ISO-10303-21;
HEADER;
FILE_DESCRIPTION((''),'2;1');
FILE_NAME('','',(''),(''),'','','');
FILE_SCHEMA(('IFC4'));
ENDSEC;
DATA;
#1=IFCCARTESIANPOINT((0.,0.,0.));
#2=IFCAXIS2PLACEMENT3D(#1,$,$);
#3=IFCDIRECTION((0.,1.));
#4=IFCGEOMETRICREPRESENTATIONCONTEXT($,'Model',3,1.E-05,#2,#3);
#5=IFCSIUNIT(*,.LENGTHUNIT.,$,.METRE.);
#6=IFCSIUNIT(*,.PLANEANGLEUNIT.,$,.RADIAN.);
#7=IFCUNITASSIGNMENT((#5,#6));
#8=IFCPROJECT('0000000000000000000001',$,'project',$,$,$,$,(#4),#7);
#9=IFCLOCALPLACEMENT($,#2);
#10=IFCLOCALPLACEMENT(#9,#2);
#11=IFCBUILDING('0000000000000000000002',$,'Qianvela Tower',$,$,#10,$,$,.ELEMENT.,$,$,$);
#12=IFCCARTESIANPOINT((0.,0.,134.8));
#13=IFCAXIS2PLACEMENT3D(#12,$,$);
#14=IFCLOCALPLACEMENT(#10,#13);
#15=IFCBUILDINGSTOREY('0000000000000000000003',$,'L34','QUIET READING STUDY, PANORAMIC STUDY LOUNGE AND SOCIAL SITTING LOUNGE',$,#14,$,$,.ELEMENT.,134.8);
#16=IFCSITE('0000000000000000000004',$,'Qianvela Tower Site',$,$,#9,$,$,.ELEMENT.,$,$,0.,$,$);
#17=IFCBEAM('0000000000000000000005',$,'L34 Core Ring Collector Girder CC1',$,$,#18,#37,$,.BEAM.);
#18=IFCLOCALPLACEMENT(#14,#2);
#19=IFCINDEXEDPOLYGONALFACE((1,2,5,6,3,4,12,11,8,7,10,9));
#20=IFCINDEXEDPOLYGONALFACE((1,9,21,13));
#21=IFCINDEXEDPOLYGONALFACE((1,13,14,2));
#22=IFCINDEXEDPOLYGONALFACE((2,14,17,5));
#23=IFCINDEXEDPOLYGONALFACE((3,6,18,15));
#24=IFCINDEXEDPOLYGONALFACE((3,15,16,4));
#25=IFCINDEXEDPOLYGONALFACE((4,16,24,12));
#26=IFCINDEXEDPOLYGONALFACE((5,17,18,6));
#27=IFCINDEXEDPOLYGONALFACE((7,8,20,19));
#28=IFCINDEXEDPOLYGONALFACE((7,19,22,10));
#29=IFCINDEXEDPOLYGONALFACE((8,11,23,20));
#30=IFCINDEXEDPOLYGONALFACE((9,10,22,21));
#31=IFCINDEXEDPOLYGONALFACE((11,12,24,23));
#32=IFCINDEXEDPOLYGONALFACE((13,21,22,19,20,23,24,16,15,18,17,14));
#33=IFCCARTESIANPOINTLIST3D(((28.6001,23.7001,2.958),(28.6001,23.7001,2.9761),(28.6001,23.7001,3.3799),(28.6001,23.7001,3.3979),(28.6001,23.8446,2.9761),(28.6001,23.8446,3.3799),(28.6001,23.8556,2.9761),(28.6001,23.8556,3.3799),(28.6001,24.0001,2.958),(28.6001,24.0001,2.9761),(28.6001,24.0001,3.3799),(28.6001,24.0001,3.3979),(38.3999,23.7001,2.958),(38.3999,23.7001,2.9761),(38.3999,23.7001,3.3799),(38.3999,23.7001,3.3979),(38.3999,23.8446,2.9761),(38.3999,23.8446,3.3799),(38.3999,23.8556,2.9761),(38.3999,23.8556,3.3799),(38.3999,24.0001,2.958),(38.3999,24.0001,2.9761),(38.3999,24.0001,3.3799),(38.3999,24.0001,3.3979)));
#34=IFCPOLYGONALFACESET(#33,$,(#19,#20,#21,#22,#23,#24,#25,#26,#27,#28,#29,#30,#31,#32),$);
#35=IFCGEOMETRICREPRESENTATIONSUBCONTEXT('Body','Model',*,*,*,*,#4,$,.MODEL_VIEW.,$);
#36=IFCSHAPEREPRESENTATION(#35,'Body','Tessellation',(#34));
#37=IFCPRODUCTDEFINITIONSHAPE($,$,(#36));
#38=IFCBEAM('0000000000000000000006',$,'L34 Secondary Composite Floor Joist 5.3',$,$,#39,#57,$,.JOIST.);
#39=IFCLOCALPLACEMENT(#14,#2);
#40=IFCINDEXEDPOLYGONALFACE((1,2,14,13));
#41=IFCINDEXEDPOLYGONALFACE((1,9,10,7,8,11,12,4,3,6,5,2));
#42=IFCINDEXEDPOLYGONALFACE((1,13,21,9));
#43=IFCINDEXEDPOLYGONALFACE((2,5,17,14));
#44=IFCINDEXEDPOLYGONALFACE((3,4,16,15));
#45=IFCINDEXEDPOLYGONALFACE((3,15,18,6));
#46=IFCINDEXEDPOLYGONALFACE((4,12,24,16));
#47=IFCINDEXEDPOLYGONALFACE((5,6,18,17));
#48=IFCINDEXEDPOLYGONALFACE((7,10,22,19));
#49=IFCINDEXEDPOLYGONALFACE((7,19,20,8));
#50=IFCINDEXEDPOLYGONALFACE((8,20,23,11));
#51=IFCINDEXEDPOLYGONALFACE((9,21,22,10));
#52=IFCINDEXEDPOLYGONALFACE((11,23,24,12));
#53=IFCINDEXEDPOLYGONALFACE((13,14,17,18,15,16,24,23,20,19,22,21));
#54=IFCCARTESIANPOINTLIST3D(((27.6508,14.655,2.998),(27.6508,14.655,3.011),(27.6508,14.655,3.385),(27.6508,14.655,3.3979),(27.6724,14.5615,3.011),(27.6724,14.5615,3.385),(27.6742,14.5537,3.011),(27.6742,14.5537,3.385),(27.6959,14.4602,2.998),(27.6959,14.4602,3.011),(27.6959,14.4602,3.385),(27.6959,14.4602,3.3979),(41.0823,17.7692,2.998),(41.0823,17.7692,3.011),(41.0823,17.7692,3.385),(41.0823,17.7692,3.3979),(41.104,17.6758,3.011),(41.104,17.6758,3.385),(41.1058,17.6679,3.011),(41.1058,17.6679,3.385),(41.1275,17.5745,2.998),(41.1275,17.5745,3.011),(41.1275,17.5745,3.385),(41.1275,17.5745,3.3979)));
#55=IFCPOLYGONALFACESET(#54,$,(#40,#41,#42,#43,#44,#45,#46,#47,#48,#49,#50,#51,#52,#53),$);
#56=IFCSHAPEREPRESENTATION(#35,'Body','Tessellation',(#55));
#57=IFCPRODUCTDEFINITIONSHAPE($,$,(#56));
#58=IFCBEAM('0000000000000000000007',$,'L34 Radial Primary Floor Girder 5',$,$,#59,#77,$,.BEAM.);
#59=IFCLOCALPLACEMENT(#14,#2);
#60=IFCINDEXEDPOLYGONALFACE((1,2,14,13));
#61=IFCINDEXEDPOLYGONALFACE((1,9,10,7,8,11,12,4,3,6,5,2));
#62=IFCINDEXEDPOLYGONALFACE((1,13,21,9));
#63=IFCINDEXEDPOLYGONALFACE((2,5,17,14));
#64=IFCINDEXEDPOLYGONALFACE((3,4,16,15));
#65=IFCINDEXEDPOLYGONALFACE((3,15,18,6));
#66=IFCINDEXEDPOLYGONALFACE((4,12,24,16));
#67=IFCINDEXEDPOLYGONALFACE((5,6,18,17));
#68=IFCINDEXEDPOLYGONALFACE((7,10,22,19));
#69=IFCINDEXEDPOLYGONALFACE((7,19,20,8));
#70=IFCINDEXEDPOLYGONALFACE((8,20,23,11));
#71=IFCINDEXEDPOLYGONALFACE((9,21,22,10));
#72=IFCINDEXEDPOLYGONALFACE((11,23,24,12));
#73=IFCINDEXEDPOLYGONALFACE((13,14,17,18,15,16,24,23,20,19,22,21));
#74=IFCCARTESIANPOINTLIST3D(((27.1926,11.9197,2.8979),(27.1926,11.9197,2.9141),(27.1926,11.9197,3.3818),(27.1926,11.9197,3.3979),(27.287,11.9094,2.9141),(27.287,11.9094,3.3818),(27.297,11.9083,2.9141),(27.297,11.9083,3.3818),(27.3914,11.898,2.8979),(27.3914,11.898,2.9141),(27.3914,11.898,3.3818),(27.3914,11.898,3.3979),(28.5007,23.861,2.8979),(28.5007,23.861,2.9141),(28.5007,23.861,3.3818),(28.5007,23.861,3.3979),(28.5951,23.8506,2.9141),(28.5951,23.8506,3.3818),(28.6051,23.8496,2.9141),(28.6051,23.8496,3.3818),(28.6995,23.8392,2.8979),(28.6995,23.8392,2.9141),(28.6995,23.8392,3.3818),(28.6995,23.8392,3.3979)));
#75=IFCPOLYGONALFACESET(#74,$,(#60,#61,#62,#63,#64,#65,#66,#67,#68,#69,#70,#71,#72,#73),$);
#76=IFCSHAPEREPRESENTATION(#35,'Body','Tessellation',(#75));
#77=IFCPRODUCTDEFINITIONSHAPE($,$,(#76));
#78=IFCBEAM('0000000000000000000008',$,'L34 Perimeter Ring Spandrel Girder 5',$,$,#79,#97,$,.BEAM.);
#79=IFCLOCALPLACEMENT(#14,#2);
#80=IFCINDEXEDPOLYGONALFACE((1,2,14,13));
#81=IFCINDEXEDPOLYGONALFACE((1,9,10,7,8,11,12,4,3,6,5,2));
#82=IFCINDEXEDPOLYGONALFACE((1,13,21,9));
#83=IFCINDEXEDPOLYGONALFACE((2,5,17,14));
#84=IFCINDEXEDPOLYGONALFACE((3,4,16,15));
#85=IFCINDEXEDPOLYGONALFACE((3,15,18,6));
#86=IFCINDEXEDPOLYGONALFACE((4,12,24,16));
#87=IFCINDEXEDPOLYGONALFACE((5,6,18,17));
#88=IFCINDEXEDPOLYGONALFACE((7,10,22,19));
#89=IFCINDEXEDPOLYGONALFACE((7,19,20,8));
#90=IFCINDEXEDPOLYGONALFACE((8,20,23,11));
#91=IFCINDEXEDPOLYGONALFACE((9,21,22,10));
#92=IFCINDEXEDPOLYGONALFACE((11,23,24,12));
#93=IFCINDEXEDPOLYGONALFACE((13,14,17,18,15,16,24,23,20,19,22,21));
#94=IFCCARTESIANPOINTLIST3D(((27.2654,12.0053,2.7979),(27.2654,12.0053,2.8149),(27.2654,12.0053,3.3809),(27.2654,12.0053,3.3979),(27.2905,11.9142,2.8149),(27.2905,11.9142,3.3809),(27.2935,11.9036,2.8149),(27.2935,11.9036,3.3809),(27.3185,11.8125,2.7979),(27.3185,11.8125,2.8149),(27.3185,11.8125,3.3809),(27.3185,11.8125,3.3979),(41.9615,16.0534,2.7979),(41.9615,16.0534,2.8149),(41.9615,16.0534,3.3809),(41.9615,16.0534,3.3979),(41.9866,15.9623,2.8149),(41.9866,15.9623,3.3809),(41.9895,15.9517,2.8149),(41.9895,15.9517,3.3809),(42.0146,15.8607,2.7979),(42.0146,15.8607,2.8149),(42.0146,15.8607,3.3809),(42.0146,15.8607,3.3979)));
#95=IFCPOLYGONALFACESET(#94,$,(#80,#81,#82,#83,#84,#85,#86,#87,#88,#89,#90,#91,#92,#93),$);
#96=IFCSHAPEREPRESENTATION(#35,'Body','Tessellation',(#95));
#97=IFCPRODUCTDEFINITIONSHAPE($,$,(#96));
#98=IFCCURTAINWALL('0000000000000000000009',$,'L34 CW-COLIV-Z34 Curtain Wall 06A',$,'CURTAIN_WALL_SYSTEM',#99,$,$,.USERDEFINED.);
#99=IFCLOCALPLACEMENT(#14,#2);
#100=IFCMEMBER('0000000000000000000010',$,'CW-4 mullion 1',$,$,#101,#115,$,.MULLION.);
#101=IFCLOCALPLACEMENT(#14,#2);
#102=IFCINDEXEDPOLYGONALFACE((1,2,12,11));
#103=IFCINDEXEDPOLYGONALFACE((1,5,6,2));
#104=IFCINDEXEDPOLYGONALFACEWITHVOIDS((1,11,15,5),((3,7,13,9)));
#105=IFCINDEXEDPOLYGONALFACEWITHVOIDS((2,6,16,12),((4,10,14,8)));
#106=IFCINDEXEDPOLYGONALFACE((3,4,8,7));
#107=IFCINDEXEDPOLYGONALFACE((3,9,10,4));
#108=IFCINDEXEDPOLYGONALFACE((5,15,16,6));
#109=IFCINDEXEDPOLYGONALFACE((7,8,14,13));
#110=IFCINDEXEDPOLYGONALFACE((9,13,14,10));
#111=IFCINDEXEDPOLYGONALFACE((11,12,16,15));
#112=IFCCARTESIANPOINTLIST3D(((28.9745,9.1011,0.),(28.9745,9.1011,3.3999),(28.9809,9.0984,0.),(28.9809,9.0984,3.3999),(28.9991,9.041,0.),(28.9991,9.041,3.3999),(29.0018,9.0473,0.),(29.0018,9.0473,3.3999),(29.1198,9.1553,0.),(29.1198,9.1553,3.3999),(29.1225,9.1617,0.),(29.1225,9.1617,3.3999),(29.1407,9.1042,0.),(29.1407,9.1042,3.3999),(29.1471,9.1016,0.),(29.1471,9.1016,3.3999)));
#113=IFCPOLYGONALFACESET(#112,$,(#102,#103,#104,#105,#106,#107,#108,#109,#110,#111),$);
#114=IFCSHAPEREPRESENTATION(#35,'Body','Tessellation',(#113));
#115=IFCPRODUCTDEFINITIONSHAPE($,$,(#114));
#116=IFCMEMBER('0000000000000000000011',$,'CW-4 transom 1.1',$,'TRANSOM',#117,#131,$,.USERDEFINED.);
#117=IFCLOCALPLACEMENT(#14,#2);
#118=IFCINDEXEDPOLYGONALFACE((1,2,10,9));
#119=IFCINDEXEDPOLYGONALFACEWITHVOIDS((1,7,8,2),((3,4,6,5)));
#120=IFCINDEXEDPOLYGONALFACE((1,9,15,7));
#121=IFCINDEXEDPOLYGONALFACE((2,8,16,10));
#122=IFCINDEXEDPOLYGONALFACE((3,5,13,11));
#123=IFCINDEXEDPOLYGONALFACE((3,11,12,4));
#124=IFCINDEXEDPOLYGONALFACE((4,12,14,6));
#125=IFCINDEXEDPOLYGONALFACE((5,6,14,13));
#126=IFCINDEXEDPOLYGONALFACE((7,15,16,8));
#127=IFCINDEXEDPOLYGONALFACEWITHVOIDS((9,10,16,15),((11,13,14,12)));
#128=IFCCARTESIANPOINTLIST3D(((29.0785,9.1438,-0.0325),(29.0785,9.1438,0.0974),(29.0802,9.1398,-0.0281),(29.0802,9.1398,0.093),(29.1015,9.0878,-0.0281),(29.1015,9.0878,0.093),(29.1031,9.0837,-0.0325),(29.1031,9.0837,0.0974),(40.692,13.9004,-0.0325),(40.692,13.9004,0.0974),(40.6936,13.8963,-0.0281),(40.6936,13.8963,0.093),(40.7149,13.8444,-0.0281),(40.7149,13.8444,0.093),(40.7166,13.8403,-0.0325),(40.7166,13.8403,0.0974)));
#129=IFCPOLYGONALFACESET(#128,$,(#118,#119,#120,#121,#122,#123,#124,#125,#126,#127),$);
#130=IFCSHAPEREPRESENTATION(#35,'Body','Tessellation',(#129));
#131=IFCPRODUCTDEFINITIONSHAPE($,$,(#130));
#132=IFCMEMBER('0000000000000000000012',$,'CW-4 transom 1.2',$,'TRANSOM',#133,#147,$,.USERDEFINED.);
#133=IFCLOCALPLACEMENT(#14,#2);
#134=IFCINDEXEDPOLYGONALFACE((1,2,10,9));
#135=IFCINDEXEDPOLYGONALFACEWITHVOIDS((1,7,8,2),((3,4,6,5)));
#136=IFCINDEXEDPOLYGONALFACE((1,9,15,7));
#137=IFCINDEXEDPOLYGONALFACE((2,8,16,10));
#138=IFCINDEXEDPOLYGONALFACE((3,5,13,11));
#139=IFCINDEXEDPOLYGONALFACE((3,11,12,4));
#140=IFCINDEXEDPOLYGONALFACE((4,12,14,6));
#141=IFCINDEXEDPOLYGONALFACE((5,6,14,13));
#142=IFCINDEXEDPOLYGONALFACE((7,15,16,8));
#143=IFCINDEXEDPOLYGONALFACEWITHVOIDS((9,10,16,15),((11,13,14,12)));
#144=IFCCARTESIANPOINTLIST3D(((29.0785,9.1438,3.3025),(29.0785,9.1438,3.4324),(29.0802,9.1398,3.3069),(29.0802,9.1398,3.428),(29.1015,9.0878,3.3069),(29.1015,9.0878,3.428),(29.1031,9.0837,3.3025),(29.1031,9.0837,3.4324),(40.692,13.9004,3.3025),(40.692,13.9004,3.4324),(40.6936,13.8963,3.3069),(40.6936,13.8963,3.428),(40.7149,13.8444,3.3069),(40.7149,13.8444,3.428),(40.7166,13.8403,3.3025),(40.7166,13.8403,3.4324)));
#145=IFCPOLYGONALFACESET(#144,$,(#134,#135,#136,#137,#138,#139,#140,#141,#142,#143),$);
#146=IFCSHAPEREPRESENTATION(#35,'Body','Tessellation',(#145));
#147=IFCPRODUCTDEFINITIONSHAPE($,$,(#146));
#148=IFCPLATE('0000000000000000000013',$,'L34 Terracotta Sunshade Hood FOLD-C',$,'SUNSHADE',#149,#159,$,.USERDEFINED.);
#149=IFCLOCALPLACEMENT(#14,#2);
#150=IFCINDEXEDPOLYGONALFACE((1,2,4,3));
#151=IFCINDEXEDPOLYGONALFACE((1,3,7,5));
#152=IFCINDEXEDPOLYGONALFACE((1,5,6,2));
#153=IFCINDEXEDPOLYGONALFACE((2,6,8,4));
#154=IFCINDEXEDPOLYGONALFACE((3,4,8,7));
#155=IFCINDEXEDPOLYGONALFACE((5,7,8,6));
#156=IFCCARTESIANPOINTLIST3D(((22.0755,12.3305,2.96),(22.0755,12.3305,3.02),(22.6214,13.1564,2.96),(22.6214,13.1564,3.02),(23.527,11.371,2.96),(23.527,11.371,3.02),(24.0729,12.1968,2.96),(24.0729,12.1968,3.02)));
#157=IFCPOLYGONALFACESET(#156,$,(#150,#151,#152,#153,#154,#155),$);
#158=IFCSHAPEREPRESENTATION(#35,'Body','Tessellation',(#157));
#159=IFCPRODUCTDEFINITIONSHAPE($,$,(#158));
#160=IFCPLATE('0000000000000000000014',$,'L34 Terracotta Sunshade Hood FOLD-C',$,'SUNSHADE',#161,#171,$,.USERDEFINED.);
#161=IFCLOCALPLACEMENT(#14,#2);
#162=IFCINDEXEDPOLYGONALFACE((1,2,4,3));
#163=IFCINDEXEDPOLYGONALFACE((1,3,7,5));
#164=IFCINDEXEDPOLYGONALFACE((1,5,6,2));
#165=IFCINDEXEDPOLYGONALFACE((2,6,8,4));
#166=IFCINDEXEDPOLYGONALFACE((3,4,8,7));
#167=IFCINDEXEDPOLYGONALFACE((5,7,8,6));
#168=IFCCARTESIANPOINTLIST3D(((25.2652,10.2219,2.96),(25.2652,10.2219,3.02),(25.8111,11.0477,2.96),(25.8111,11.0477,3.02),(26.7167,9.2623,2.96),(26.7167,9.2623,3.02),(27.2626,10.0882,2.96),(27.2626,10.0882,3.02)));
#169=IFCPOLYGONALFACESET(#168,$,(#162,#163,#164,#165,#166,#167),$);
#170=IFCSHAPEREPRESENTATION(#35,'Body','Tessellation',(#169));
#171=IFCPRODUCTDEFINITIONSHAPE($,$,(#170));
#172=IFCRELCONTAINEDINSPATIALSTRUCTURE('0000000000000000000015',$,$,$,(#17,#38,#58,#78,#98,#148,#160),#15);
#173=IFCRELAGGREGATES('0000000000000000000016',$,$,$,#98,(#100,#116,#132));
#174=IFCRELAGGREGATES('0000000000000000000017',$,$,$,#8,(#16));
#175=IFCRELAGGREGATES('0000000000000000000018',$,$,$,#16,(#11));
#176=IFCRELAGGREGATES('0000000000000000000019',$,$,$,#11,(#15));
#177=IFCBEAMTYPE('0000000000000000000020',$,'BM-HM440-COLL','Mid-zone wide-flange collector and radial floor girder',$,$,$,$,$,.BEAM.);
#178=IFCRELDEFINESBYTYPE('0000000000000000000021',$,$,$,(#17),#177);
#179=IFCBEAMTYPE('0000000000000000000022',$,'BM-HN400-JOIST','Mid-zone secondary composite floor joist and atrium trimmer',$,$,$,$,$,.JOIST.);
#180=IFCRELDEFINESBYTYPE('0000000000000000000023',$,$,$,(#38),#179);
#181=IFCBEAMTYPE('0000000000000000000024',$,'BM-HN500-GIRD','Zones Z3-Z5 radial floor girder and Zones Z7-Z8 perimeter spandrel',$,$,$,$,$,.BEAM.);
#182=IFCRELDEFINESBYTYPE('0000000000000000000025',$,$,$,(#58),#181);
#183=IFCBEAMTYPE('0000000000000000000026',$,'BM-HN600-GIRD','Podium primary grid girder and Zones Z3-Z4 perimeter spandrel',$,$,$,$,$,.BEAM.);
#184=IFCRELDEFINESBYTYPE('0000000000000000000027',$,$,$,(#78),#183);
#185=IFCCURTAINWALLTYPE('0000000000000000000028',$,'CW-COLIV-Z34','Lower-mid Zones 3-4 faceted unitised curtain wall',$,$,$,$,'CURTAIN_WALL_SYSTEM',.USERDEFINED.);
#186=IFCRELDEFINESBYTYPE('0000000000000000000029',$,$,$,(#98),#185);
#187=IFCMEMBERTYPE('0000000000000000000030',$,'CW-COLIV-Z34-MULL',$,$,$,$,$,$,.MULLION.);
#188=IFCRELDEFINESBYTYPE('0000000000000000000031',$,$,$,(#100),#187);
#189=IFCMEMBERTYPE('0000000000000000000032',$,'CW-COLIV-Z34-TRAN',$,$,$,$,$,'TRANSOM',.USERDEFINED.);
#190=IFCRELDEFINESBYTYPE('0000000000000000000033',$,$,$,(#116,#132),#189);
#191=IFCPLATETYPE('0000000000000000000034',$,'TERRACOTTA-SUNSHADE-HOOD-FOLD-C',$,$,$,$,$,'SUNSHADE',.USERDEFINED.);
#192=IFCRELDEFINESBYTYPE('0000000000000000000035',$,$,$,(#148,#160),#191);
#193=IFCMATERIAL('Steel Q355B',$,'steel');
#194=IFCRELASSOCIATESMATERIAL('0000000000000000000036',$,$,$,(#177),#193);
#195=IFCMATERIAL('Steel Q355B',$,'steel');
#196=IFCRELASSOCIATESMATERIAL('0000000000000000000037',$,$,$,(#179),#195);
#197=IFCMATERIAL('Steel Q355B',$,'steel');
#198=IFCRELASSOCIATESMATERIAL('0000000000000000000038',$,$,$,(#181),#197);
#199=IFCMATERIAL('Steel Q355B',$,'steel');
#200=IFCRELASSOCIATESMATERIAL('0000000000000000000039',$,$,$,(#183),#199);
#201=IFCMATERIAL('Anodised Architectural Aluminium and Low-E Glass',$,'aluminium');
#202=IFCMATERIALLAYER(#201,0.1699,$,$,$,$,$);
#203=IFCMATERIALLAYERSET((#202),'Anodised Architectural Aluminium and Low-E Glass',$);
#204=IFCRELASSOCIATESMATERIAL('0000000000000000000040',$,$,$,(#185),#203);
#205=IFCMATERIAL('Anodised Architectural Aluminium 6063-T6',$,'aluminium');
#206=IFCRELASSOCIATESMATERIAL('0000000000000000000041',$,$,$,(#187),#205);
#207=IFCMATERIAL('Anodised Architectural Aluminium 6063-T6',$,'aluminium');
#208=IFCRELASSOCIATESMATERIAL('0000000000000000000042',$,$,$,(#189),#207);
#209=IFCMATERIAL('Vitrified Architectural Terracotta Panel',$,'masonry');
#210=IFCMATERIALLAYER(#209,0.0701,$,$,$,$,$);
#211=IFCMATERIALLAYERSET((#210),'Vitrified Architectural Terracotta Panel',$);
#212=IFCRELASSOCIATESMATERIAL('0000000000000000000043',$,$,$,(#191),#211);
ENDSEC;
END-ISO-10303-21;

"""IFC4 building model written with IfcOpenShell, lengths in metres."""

from ifc_helpers import new_model, si_unit, direction, frame, origin, origin_2d, place, context, subcontext, project, spatial, rectangle, hollow_rectangle, i_section, extrude, material, layer, layer_set, material_profile, profile_set, type_object, element, aggregate, save


model = new_model("IFC4")

# Units and contexts
model_context = context("Model", 3, precision=1e-05, world=origin(), true_north=direction((0.0, 1.0)))
body_context = subcontext(model_context, "Body", "Model", "MODEL_VIEW")
ifc_project = project(units=[si_unit("LENGTHUNIT", "METRE"), si_unit("PLANEANGLEUNIT", "RADIAN")], contexts=[model_context])

# Site, building, storey
site_placement = place(None, origin())
site = spatial("IfcSite", under=ifc_project, at=site_placement, Name="Qianvela Tower Site", CompositionType="ELEMENT", RefElevation=0.0)
building_placement = place(site_placement, origin())
building = spatial("IfcBuilding", under=site, at=building_placement, Name="Qianvela Tower", CompositionType="ELEMENT")
storey_placement = place(building_placement, frame((0.0, 0.0, 134.8)))
storey = spatial("IfcBuildingStorey", under=building, at=storey_placement, Name="L34", Description="QUIET READING STUDY, PANORAMIC STUDY LOUNGE AND SOCIAL SITTING LOUNGE", CompositionType="ELEMENT", Elevation=134.8)

# Beams
ifc_material_1 = material(Name="Steel Q355B", Category="steel")
ifc_material_profile_1 = material_profile(ifc_material_1, i_section(OverallWidth=0.3, OverallDepth=0.4399, WebThickness=0.011, FlangeThickness=0.0181, at=origin_2d()), Name="HM440x300x11x18")
ifc_profile_set_1 = profile_set([ifc_material_profile_1], Name="Steel Q355B")
beam_type_1 = type_object("IfcBeamType", Name="BM-HM440-COLL", Description="Mid-zone wide-flange collector and radial floor girder", PredefinedType="BEAM", material=ifc_profile_set_1)
beam_1_placement = place(storey_placement, frame((28.6001, 23.8501, 3.178), z_axis=(1.0, 0.0, 0.0), x_axis=(0.0, 1.0, 0.0)))
element("IfcBeam", 1, at=beam_1_placement, inside=storey, type_object=beam_type_1, Name="L34 Core Ring Collector Girder CC1", PredefinedType="BEAM", context=body_context, shape_type="SweptSolid", body=[
    extrude(i_section(OverallWidth=0.3, OverallDepth=0.4399, WebThickness=0.011, FlangeThickness=0.0181, at=origin_2d()), origin(), (0.0, 0.0, 1.0), 9.7998),
])
ifc_material_2 = material(Name="Steel Q355B", Category="steel")
ifc_material_profile_2 = material_profile(ifc_material_2, i_section(OverallWidth=0.2, OverallDepth=0.3999, WebThickness=0.0081, FlangeThickness=0.0129, at=origin_2d()), Name="HN400x200x8x13")
ifc_profile_set_2 = profile_set([ifc_material_profile_2], Name="Steel Q355B")
beam_type_2 = type_object("IfcBeamType", Name="BM-HN400-JOIST", Description="Mid-zone secondary composite floor joist and atrium trimmer", PredefinedType="JOIST", material=ifc_profile_set_2)
beam_2_placement = place(storey_placement, frame((27.6733, 14.5576, 3.198), z_axis=(0.974158, 0.225868, 0.0), x_axis=(-0.225868, 0.974158, 0.0)))
element("IfcBeam", 2, at=beam_2_placement, inside=storey, type_object=beam_type_2, Name="L34 Secondary Composite Floor Joist 5.3", PredefinedType="JOIST", context=body_context, shape_type="SweptSolid", body=[
    extrude(i_section(OverallWidth=0.2, OverallDepth=0.3999, WebThickness=0.0081, FlangeThickness=0.0129, at=origin_2d()), origin(), (0.0, 0.0, 1.0), 13.7878),
])
ifc_material_3 = material(Name="Steel Q355B", Category="steel")
ifc_material_profile_3 = material_profile(ifc_material_3, i_section(OverallWidth=0.2, OverallDepth=0.5, WebThickness=0.01, FlangeThickness=0.0161, at=origin_2d()), Name="HN500x200x10x16")
ifc_profile_set_3 = profile_set([ifc_material_profile_3], Name="Steel Q355B")
beam_type_3 = type_object("IfcBeamType", Name="BM-HN500-GIRD", Description="Zones Z3-Z5 radial floor girder and Zones Z7-Z8 perimeter spandrel", PredefinedType="BEAM", material=ifc_profile_set_3)
beam_3_placement = place(storey_placement, frame((28.6001, 23.8501, 3.1479), z_axis=(-0.108894, -0.994053, 0.0), x_axis=(0.994053, -0.108894, 0.0)))
element("IfcBeam", 3, at=beam_3_placement, inside=storey, type_object=beam_type_3, Name="L34 Radial Primary Floor Girder 5", PredefinedType="BEAM", context=body_context, shape_type="SweptSolid", body=[
    extrude(i_section(OverallWidth=0.2, OverallDepth=0.5, WebThickness=0.01, FlangeThickness=0.0161, at=origin_2d()), origin(), (0.0, 0.0, 1.0), 12.0127),
])
ifc_material_4 = material(Name="Steel Q355B", Category="steel")
ifc_material_profile_4 = material_profile(ifc_material_4, i_section(OverallWidth=0.2, OverallDepth=0.6001, WebThickness=0.011, FlangeThickness=0.0171, at=origin_2d()), Name="HN600x200x11x17")
ifc_profile_set_4 = profile_set([ifc_material_profile_4], Name="Steel Q355B")
beam_type_4 = type_object("IfcBeamType", Name="BM-HN600-GIRD", Description="Podium primary grid girder and Zones Z3-Z4 perimeter spandrel", PredefinedType="BEAM", material=ifc_profile_set_4)
beam_4_placement = place(storey_placement, frame((27.292, 11.9089, 3.0979), z_axis=(0.964093, 0.265564, 0.0), x_axis=(-0.265564, 0.964093, 0.0)))
element("IfcBeam", 4, at=beam_4_placement, inside=storey, type_object=beam_type_4, Name="L34 Perimeter Ring Spandrel Girder 5", PredefinedType="BEAM", context=body_context, shape_type="SweptSolid", body=[
    extrude(i_section(OverallWidth=0.2, OverallDepth=0.6001, WebThickness=0.011, FlangeThickness=0.0171, at=origin_2d()), origin(), (0.0, 0.0, 1.0), 15.2434),
])

# Curtain wall, members
ifc_material_5 = material(Name="Anodised Architectural Aluminium and Low-E Glass", Category="aluminium")
ifc_layer_1 = layer(ifc_material_5, 0.1699)
ifc_layer_set_1 = layer_set([ifc_layer_1], Name="Anodised Architectural Aluminium and Low-E Glass")
curtain_wall_type = type_object("IfcCurtainWallType", Name="CW-COLIV-Z34", Description="Lower-mid Zones 3-4 faceted unitised curtain wall", ElementType="CURTAIN_WALL_SYSTEM", PredefinedType="USERDEFINED", material=ifc_layer_set_1)
curtain_wall_placement = place(storey_placement, origin())
curtain_wall = element("IfcCurtainWall", 5, at=curtain_wall_placement, inside=storey, type_object=curtain_wall_type, Name="L34 CW-COLIV-Z34 Curtain Wall 06A", ObjectType="CURTAIN_WALL_SYSTEM", PredefinedType="USERDEFINED")
ifc_material_6 = material(Name="Anodised Architectural Aluminium 6063-T6", Category="aluminium")
ifc_material_profile_5 = material_profile(ifc_material_6, hollow_rectangle(XDim=0.0649, YDim=0.1599, WallThickness=0.0049, at=origin_2d()), Name="ALU-MULL-65x160")
ifc_profile_set_5 = profile_set([ifc_material_profile_5], Name="Anodised Architectural Aluminium 6063-T6")
member_type_1 = type_object("IfcMemberType", Name="CW-COLIV-Z34-MULL", PredefinedType="MULLION", material=ifc_profile_set_5)
member_1_placement = place(storey_placement, frame((29.0608, 9.1013, 0.0), z_axis=(0.0, 0.0, 1.0), x_axis=(-0.379016, 0.92539, 0.0)))
member_1 = element("IfcMember", 6, at=member_1_placement, type_object=member_type_1, Name="CW-4 mullion 1", PredefinedType="MULLION", context=body_context, shape_type="SweptSolid", body=[
    extrude(hollow_rectangle(XDim=0.0649, YDim=0.1599, WallThickness=0.0049, at=origin_2d()), origin(), (0.0, 0.0, 1.0), 3.3999),
])
ifc_material_7 = material(Name="Anodised Architectural Aluminium 6063-T6", Category="aluminium")
ifc_material_profile_6 = material_profile(ifc_material_7, hollow_rectangle(XDim=0.0649, YDim=0.1299, WallThickness=0.0044, at=origin_2d()), Name="ALU-TRAN-65x130")
ifc_profile_set_6 = profile_set([ifc_material_profile_6], Name="Anodised Architectural Aluminium 6063-T6")
member_type_2 = type_object("IfcMemberType", Name="CW-COLIV-Z34-TRAN", ElementType="TRANSOM", PredefinedType="USERDEFINED", material=ifc_profile_set_6)
member_2_placement = place(storey_placement, frame((29.0908, 9.1138, 0.0325), z_axis=(0.92539, 0.379015, 0.0), x_axis=(-0.379015, 0.92539, 0.0)))
member_2 = element("IfcMember", 7, at=member_2_placement, type_object=member_type_2, Name="CW-4 transom 1.1", ObjectType="TRANSOM", PredefinedType="USERDEFINED", context=body_context, shape_type="SweptSolid", body=[
    extrude(hollow_rectangle(XDim=0.0649, YDim=0.1299, WallThickness=0.0044, at=origin_2d()), origin(), (0.0, 0.0, 1.0), 12.5498),
])
member_3_placement = place(storey_placement, frame((29.0908, 9.1138, 3.3674), z_axis=(0.92539, 0.379015, 0.0), x_axis=(-0.379015, 0.92539, 0.0)))
member_3 = element("IfcMember", 8, at=member_3_placement, type_object=member_type_2, Name="CW-4 transom 1.2", ObjectType="TRANSOM", PredefinedType="USERDEFINED", context=body_context, shape_type="SweptSolid", body=[
    extrude(hollow_rectangle(XDim=0.0649, YDim=0.1299, WallThickness=0.0044, at=origin_2d()), origin(), (0.0, 0.0, 1.0), 12.5498),
])
aggregate(curtain_wall, [member_1, member_2, member_3])

# Plates
ifc_material_8 = material(Name="Vitrified Architectural Terracotta Panel", Category="masonry")
ifc_layer_2 = layer(ifc_material_8, 0.0701)
ifc_layer_set_2 = layer_set([ifc_layer_2], Name="Vitrified Architectural Terracotta Panel")
plate_type_1 = type_object("IfcPlateType", Name="TERRACOTTA-SUNSHADE-HOOD-FOLD-C", ElementType="SUNSHADE", PredefinedType="USERDEFINED", material=ifc_layer_set_2)
for number, where, z_axis, x_axis, name in (
    (9, (23.0742, 12.2637, 2.96), (0.0, 0.0, 1.0), (0.834212, -0.551444, 0.0), "L34 Terracotta Sunshade Hood FOLD-C"),
    (10, (26.2639, 10.155, 2.96), (0.0, 0.0, 1.0), (0.834212, -0.551444, 0.0), "L34 Terracotta Sunshade Hood FOLD-C"),
):
    element("IfcPlate", number, at=place(storey_placement, frame(where, z_axis=z_axis, x_axis=x_axis)), inside=storey, type_object=plate_type_1, Name=name, ObjectType="SUNSHADE", PredefinedType="USERDEFINED", context=body_context, shape_type="SweptSolid", body=[
        extrude(rectangle(XDim=1.74, YDim=0.99, at=origin_2d()), origin(), (0.0, 0.0, 1.0), 0.0601),
    ])

save(model, "model.ifc")
